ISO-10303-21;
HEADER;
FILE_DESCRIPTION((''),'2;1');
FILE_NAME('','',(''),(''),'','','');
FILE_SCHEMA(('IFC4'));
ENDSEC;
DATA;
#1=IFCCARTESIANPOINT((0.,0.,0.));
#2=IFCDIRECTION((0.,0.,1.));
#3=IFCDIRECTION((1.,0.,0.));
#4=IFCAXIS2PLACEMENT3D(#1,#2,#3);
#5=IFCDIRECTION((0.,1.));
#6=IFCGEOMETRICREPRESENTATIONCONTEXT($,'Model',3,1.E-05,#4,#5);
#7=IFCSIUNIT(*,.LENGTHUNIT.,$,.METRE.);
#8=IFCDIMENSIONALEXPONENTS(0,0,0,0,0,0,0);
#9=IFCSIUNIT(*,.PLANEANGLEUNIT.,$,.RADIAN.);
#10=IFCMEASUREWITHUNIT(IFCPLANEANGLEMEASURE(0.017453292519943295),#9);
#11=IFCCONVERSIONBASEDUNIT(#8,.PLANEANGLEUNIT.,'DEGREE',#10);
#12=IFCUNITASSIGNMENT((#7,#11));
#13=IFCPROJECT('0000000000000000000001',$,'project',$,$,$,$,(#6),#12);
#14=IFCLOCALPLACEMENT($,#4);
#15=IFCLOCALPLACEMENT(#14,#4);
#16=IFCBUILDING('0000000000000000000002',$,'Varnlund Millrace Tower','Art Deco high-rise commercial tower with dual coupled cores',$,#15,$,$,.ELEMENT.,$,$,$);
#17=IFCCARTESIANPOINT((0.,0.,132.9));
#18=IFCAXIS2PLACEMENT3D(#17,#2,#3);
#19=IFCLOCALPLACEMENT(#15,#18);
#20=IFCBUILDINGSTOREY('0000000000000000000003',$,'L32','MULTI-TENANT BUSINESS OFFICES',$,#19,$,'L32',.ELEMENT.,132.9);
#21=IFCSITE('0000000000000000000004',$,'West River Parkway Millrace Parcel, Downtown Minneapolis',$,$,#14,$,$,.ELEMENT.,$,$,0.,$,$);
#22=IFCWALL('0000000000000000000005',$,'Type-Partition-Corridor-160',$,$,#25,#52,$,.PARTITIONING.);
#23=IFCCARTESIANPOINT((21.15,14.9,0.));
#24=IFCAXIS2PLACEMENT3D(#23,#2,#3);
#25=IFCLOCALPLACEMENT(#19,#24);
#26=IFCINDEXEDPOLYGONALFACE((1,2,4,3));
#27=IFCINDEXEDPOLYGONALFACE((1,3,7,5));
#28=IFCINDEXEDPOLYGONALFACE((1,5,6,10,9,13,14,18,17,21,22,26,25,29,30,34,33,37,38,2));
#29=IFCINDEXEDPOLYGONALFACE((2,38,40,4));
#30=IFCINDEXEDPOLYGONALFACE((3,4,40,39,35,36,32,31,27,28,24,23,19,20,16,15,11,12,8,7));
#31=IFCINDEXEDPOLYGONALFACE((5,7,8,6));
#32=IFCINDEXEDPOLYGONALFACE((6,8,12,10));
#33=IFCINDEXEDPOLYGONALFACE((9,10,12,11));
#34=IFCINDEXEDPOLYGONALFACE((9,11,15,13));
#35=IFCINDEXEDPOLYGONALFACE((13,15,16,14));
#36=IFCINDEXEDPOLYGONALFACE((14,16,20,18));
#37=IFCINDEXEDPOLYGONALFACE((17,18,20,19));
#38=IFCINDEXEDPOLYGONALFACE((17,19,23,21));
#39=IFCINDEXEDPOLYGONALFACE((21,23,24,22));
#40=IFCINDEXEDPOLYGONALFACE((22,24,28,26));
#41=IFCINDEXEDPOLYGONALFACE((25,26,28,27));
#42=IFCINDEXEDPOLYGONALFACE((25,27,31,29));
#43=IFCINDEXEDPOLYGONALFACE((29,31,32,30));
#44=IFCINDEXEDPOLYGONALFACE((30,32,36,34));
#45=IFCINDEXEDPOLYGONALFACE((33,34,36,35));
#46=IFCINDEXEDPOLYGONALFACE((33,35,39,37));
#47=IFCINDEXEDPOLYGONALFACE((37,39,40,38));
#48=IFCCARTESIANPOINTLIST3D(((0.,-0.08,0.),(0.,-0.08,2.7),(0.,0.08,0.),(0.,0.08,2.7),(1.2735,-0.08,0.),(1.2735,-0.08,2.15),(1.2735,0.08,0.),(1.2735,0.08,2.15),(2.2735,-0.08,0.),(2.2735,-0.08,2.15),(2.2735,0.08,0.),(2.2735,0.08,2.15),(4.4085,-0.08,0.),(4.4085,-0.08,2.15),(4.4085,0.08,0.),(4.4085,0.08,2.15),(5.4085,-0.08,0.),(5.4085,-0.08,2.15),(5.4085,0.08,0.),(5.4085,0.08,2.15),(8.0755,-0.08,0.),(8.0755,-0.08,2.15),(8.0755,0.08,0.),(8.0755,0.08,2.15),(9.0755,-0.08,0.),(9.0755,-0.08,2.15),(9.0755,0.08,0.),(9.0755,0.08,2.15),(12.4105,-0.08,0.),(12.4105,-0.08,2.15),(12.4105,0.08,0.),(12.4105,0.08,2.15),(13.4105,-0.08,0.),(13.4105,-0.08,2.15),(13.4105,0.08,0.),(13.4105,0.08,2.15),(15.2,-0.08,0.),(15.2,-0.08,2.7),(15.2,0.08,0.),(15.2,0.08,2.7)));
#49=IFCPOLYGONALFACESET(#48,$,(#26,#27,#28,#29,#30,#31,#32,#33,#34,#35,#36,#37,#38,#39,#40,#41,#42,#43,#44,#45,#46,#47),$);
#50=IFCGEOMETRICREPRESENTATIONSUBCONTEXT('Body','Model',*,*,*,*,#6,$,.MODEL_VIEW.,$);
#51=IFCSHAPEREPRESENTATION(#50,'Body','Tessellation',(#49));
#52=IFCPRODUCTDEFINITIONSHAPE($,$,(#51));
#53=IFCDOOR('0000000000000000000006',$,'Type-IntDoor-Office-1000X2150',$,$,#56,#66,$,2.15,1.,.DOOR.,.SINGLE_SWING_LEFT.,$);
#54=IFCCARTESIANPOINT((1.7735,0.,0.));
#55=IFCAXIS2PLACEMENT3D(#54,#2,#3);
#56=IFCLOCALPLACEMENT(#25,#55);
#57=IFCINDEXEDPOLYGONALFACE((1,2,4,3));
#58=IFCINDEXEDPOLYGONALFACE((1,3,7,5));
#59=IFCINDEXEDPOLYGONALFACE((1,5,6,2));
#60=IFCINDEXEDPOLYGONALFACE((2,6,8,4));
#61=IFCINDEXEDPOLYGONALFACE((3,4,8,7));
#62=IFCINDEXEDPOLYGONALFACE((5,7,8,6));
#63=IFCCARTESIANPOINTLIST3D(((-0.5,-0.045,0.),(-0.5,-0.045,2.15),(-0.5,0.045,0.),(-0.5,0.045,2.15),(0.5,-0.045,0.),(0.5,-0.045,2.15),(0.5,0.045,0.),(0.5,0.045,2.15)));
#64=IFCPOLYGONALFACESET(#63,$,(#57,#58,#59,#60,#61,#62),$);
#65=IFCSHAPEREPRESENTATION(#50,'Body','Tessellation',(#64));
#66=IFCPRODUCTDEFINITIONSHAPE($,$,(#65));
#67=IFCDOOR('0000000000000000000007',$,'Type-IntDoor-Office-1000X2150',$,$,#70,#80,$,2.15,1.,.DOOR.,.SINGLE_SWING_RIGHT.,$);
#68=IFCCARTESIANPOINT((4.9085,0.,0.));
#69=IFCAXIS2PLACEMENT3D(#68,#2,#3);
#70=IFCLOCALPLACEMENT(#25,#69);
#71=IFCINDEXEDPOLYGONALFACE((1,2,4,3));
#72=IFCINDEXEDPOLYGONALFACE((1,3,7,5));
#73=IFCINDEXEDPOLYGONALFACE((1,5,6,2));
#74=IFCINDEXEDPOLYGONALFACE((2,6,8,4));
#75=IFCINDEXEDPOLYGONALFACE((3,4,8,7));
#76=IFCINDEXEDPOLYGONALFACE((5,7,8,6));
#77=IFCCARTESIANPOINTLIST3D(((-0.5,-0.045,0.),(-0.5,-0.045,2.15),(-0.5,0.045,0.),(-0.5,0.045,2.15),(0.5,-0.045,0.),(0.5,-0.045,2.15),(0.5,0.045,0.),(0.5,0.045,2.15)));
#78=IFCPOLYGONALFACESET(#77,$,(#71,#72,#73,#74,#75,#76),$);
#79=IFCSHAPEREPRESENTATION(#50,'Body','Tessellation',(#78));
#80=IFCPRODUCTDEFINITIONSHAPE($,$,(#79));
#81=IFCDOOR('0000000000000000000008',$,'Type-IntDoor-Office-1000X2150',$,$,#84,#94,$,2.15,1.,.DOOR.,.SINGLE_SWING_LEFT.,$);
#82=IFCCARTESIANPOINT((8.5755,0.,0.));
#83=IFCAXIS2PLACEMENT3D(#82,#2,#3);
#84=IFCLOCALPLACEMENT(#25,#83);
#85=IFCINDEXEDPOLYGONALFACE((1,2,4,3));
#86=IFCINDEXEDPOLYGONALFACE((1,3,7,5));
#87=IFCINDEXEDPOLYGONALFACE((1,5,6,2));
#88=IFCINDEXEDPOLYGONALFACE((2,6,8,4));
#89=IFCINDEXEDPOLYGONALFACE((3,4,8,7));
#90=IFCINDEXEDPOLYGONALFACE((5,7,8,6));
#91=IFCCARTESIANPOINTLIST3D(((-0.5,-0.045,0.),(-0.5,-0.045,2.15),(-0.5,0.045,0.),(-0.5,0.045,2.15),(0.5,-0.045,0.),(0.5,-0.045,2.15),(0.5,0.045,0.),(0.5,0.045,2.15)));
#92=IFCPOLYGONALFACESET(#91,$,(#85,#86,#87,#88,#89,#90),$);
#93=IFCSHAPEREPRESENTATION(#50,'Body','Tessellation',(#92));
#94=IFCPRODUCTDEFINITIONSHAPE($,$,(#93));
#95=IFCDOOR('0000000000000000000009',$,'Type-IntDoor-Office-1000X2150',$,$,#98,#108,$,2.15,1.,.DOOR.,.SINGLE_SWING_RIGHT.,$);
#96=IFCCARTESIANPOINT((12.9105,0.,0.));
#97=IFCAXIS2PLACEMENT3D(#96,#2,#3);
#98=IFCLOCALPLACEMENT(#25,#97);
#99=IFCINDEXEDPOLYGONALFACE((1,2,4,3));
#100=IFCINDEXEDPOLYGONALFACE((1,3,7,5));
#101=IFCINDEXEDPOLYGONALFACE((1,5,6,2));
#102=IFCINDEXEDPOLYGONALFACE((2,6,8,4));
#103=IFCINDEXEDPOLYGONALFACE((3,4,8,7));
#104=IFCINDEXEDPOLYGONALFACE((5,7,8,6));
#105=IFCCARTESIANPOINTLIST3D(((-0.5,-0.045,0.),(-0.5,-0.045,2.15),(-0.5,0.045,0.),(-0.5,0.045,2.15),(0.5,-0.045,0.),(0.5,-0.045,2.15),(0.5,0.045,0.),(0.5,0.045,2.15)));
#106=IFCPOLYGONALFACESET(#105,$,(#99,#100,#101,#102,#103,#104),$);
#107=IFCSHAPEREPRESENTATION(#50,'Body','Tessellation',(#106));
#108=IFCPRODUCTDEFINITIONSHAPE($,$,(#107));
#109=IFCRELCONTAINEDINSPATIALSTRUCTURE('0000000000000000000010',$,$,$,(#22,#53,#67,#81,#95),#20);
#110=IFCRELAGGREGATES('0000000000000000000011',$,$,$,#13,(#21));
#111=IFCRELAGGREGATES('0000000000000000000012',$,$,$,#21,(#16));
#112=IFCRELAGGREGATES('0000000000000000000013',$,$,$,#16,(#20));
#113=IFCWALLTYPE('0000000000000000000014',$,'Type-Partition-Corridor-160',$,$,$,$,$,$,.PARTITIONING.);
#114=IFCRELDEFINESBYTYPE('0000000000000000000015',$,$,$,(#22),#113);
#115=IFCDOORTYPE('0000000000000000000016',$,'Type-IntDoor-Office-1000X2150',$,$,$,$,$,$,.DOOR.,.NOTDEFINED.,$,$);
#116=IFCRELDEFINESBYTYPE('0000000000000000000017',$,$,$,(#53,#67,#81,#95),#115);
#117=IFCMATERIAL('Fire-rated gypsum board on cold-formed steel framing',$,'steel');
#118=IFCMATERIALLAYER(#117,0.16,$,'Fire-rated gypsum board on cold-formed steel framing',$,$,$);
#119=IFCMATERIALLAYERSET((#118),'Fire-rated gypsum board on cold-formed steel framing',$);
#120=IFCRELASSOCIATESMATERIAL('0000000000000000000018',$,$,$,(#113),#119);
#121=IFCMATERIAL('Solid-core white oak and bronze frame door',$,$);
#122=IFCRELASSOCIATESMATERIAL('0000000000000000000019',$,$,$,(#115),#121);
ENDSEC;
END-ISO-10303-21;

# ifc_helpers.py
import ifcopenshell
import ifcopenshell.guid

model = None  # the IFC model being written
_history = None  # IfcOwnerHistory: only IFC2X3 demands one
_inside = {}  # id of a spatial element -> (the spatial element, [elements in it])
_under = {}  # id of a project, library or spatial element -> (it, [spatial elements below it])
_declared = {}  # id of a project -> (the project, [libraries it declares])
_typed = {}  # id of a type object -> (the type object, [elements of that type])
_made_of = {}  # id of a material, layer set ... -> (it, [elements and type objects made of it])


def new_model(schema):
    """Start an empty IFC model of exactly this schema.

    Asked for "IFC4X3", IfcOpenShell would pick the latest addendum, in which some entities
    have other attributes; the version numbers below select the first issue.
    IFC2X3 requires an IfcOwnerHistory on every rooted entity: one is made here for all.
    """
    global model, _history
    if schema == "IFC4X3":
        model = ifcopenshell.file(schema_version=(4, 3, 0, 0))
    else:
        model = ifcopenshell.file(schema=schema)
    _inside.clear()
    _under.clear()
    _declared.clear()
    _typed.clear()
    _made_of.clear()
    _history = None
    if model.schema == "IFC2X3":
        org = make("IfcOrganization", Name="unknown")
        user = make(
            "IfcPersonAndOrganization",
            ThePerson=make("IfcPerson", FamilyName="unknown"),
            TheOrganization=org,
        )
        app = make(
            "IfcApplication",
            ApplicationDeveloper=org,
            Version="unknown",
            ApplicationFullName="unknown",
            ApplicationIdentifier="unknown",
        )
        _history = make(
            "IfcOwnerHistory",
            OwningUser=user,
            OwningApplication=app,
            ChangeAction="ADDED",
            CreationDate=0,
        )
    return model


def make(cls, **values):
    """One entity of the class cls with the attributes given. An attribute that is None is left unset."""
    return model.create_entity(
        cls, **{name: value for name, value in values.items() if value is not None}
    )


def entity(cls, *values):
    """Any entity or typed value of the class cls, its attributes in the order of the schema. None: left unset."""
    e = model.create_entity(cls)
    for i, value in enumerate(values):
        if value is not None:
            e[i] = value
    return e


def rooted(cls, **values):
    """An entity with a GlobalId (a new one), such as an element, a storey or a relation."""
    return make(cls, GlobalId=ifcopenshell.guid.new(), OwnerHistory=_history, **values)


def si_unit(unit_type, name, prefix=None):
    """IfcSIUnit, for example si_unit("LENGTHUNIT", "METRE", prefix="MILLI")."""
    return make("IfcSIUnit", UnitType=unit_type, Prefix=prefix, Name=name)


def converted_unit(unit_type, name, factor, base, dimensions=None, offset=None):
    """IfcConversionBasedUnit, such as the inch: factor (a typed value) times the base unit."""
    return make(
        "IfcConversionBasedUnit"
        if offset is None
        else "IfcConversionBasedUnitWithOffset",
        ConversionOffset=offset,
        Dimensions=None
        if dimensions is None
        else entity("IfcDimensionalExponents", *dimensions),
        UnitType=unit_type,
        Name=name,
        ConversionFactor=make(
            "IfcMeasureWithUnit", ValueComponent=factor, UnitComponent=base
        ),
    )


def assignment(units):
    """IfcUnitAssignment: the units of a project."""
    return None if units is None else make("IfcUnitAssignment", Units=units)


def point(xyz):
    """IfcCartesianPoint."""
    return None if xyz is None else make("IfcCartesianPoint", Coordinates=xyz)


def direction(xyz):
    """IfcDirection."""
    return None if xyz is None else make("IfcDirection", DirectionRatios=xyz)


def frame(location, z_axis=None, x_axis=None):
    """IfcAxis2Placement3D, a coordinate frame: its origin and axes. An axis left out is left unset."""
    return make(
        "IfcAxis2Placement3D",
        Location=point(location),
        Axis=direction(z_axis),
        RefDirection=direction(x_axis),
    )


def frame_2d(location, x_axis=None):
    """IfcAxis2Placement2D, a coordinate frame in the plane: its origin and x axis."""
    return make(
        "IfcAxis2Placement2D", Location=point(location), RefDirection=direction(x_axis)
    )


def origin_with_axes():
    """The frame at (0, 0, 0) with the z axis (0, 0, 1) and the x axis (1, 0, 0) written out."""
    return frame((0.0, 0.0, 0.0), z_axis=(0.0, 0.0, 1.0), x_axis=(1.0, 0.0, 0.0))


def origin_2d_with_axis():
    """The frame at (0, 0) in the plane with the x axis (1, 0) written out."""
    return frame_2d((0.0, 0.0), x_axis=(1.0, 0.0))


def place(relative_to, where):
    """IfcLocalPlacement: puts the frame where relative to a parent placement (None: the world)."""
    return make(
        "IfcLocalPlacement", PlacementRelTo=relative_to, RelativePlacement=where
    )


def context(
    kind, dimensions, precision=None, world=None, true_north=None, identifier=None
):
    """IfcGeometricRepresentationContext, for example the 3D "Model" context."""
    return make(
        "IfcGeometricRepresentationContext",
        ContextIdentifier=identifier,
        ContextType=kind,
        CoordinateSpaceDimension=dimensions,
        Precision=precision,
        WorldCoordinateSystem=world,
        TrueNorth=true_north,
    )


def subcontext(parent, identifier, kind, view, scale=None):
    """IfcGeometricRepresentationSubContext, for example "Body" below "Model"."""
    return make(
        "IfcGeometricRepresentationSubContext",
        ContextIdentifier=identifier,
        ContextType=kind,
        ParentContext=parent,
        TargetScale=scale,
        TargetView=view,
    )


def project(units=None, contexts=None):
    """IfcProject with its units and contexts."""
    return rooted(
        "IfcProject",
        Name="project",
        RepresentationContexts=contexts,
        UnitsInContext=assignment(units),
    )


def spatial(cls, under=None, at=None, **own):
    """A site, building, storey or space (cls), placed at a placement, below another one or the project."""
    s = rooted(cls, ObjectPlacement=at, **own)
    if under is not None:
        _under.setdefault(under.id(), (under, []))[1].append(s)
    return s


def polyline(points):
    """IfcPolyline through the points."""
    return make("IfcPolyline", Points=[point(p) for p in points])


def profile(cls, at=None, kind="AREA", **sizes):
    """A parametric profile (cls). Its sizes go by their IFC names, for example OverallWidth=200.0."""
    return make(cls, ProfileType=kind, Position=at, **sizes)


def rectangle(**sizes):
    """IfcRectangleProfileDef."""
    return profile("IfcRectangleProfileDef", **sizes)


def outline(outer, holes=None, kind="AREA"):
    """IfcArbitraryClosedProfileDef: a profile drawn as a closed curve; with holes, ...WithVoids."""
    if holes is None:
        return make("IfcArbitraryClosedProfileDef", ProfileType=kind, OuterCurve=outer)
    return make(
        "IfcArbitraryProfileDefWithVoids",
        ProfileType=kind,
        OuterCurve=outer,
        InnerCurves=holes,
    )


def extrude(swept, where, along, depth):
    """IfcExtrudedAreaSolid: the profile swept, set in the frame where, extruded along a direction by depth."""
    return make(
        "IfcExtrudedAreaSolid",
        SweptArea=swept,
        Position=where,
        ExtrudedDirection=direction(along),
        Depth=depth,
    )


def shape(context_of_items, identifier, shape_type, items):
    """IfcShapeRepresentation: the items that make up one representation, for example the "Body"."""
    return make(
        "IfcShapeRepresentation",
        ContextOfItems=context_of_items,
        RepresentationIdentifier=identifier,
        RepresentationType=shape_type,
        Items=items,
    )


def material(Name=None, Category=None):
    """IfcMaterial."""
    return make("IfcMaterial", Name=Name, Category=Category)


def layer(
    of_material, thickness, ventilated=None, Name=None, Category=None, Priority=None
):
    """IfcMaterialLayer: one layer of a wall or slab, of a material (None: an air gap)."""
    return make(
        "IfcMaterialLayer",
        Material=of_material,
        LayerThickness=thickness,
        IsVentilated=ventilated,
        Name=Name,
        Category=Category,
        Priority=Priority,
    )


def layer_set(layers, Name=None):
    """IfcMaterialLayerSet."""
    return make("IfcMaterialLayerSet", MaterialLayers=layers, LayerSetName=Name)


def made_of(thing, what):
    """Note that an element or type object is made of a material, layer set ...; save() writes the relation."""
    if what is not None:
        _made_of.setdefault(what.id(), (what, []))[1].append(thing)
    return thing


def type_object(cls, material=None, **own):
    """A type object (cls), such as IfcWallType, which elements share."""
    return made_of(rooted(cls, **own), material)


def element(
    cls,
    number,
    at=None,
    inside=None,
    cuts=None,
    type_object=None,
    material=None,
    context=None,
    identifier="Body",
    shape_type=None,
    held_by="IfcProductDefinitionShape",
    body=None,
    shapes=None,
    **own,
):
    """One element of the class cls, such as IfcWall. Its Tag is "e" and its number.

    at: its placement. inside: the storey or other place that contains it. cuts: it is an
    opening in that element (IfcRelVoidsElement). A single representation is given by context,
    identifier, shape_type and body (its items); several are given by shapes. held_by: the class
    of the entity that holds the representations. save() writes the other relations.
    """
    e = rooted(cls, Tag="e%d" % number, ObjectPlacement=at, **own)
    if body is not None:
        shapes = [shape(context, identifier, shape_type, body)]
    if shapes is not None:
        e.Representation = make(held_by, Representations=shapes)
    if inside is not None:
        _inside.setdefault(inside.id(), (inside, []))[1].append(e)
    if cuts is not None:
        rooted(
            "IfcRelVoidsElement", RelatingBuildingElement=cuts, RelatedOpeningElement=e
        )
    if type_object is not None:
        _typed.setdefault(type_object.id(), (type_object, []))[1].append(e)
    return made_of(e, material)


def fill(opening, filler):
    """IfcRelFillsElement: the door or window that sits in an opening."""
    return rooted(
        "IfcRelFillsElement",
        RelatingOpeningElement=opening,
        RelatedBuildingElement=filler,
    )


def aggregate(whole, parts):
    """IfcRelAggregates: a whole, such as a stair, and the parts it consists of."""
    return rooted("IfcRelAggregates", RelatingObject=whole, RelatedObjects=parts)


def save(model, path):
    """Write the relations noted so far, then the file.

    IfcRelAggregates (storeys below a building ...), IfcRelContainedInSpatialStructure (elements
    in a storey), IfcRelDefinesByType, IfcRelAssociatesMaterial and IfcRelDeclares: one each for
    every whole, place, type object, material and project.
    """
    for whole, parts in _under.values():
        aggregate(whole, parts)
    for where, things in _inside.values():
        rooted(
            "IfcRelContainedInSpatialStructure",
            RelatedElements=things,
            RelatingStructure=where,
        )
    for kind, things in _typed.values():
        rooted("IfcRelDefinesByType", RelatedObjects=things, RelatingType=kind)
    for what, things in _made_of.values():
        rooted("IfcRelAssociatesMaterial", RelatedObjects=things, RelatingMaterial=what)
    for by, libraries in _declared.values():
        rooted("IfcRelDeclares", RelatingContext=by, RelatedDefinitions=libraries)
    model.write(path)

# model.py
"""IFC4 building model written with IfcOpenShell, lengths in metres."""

from ifc_helpers import new_model, entity, si_unit, converted_unit, direction, frame, origin_with_axes, origin_2d_with_axis, place, context, subcontext, project, spatial, polyline, rectangle, outline, extrude, material, layer, layer_set, type_object, element, fill, save


model = new_model("IFC4")

# Units and contexts
model_context = context("Model", 3, precision=1e-05, world=origin_with_axes(), true_north=direction((0.0, 1.0)))
body_context = subcontext(model_context, "Body", "Model", "MODEL_VIEW")
ifc_project = project(units=[si_unit("LENGTHUNIT", "METRE"), converted_unit("PLANEANGLEUNIT", "DEGREE", entity("IfcPlaneAngleMeasure", 0.017453292519943295), si_unit("PLANEANGLEUNIT", "RADIAN"), dimensions=[0, 0, 0, 0, 0, 0, 0])], contexts=[model_context])

# Site, building, storey
site_placement = place(None, origin_with_axes())
site = spatial("IfcSite", under=ifc_project, at=site_placement, Name="West River Parkway Millrace Parcel, Downtown Minneapolis", CompositionType="ELEMENT", RefElevation=0.0)
building_placement = place(site_placement, origin_with_axes())
building = spatial("IfcBuilding", under=site, at=building_placement, Name="Varnlund Millrace Tower", Description="Art Deco high-rise commercial tower with dual coupled cores", CompositionType="ELEMENT")
storey_placement = place(building_placement, frame((0.0, 0.0, 132.9), z_axis=(0.0, 0.0, 1.0), x_axis=(1.0, 0.0, 0.0)))
storey = spatial("IfcBuildingStorey", under=building, at=storey_placement, Name="L32", Description="MULTI-TENANT BUSINESS OFFICES", LongName="L32", CompositionType="ELEMENT", Elevation=132.9)

# Wall, openings, doors
ifc_material_1 = material(Name="Fire-rated gypsum board on cold-formed steel framing", Category="steel")
ifc_layer_1 = layer(ifc_material_1, 0.16, Name="Fire-rated gypsum board on cold-formed steel framing")
ifc_layer_set_1 = layer_set([ifc_layer_1], Name="Fire-rated gypsum board on cold-formed steel framing")
wall_type_1 = type_object("IfcWallType", Name="Type-Partition-Corridor-160", PredefinedType="PARTITIONING", material=ifc_layer_set_1)
wall_1_placement = place(storey_placement, frame((21.15, 14.9, 0.0), z_axis=(0.0, 0.0, 1.0), x_axis=(1.0, 0.0, 0.0)))
wall_1 = element("IfcWall", 1, at=wall_1_placement, inside=storey, type_object=wall_type_1, Name="Type-Partition-Corridor-160", PredefinedType="PARTITIONING", context=body_context, shape_type="SweptSolid", body=[
    extrude(outline(polyline([(0.0, -0.08), (15.2, -0.08), (15.2, 0.08), (0.0, 0.08), (0.0, -0.08)])), origin_with_axes(), (0.0, 0.0, 1.0), 2.7),
])
opening_1_placement = place(wall_1_placement, frame((1.7735, 0.0, 0.0), z_axis=(0.0, 0.0, 1.0), x_axis=(1.0, 0.0, 0.0)))
opening_1 = element("IfcOpeningElement", 2, at=opening_1_placement, cuts=wall_1, PredefinedType="OPENING", context=body_context, shape_type="SweptSolid", body=[
    extrude(rectangle(XDim=1.0, YDim=0.18, at=origin_2d_with_axis()), origin_with_axes(), (0.0, 0.0, 1.0), 2.15),
])
opening_2_placement = place(wall_1_placement, frame((4.9085, 0.0, 0.0), z_axis=(0.0, 0.0, 1.0), x_axis=(1.0, 0.0, 0.0)))
opening_2 = element("IfcOpeningElement", 3, at=opening_2_placement, cuts=wall_1, PredefinedType="OPENING", context=body_context, shape_type="SweptSolid", body=[
    extrude(rectangle(XDim=1.0, YDim=0.18, at=origin_2d_with_axis()), origin_with_axes(), (0.0, 0.0, 1.0), 2.15),
])
opening_3_placement = place(wall_1_placement, frame((8.5755, 0.0, 0.0), z_axis=(0.0, 0.0, 1.0), x_axis=(1.0, 0.0, 0.0)))
opening_3 = element("IfcOpeningElement", 4, at=opening_3_placement, cuts=wall_1, PredefinedType="OPENING", context=body_context, shape_type="SweptSolid", body=[
    extrude(rectangle(XDim=1.0, YDim=0.18, at=origin_2d_with_axis()), origin_with_axes(), (0.0, 0.0, 1.0), 2.15),
])
opening_4_placement = place(wall_1_placement, frame((12.9105, 0.0, 0.0), z_axis=(0.0, 0.0, 1.0), x_axis=(1.0, 0.0, 0.0)))
opening_4 = element("IfcOpeningElement", 5, at=opening_4_placement, cuts=wall_1, PredefinedType="OPENING", context=body_context, shape_type="SweptSolid", body=[
    extrude(rectangle(XDim=1.0, YDim=0.18, at=origin_2d_with_axis()), origin_with_axes(), (0.0, 0.0, 1.0), 2.15),
])
ifc_material_2 = material(Name="Solid-core white oak and bronze frame door")
door_type = type_object("IfcDoorType", Name="Type-IntDoor-Office-1000X2150", OperationType="NOTDEFINED", PredefinedType="DOOR", material=ifc_material_2)
door_1_placement = place(wall_1_placement, frame((1.7735, 0.0, 0.0), z_axis=(0.0, 0.0, 1.0), x_axis=(1.0, 0.0, 0.0)))
door_1 = element("IfcDoor", 6, at=door_1_placement, inside=storey, type_object=door_type, Name="Type-IntDoor-Office-1000X2150", OperationType="SINGLE_SWING_LEFT", OverallHeight=2.15, OverallWidth=1.0, PredefinedType="DOOR", context=body_context, shape_type="SweptSolid", body=[
    extrude(rectangle(XDim=1.0, YDim=0.09, at=origin_2d_with_axis()), origin_with_axes(), (0.0, 0.0, 1.0), 2.15),
])
fill(opening_1, door_1)
door_2_placement = place(wall_1_placement, frame((4.9085, 0.0, 0.0), z_axis=(0.0, 0.0, 1.0), x_axis=(1.0, 0.0, 0.0)))
door_2 = element("IfcDoor", 7, at=door_2_placement, inside=storey, type_object=door_type, Name="Type-IntDoor-Office-1000X2150", OperationType="SINGLE_SWING_RIGHT", OverallHeight=2.15, OverallWidth=1.0, PredefinedType="DOOR", context=body_context, shape_type="SweptSolid", body=[
    extrude(rectangle(XDim=1.0, YDim=0.09, at=origin_2d_with_axis()), origin_with_axes(), (0.0, 0.0, 1.0), 2.15),
])
fill(opening_2, door_2)
door_3_placement = place(wall_1_placement, frame((8.5755, 0.0, 0.0), z_axis=(0.0, 0.0, 1.0), x_axis=(1.0, 0.0, 0.0)))
door_3 = element("IfcDoor", 8, at=door_3_placement, inside=storey, type_object=door_type, Name="Type-IntDoor-Office-1000X2150", OperationType="SINGLE_SWING_LEFT", OverallHeight=2.15, OverallWidth=1.0, PredefinedType="DOOR", context=body_context, shape_type="SweptSolid", body=[
    extrude(rectangle(XDim=1.0, YDim=0.09, at=origin_2d_with_axis()), origin_with_axes(), (0.0, 0.0, 1.0), 2.15),
])
fill(opening_3, door_3)
door_4_placement = place(wall_1_placement, frame((12.9105, 0.0, 0.0), z_axis=(0.0, 0.0, 1.0), x_axis=(1.0, 0.0, 0.0)))
door_4 = element("IfcDoor", 9, at=door_4_placement, inside=storey, type_object=door_type, Name="Type-IntDoor-Office-1000X2150", OperationType="SINGLE_SWING_RIGHT", OverallHeight=2.15, OverallWidth=1.0, PredefinedType="DOOR", context=body_context, shape_type="SweptSolid", body=[
    extrude(rectangle(XDim=1.0, YDim=0.09, at=origin_2d_with_axis()), origin_with_axes(), (0.0, 0.0, 1.0), 2.15),
])
fill(opening_4, door_4)

save(model, "model.ifc")
